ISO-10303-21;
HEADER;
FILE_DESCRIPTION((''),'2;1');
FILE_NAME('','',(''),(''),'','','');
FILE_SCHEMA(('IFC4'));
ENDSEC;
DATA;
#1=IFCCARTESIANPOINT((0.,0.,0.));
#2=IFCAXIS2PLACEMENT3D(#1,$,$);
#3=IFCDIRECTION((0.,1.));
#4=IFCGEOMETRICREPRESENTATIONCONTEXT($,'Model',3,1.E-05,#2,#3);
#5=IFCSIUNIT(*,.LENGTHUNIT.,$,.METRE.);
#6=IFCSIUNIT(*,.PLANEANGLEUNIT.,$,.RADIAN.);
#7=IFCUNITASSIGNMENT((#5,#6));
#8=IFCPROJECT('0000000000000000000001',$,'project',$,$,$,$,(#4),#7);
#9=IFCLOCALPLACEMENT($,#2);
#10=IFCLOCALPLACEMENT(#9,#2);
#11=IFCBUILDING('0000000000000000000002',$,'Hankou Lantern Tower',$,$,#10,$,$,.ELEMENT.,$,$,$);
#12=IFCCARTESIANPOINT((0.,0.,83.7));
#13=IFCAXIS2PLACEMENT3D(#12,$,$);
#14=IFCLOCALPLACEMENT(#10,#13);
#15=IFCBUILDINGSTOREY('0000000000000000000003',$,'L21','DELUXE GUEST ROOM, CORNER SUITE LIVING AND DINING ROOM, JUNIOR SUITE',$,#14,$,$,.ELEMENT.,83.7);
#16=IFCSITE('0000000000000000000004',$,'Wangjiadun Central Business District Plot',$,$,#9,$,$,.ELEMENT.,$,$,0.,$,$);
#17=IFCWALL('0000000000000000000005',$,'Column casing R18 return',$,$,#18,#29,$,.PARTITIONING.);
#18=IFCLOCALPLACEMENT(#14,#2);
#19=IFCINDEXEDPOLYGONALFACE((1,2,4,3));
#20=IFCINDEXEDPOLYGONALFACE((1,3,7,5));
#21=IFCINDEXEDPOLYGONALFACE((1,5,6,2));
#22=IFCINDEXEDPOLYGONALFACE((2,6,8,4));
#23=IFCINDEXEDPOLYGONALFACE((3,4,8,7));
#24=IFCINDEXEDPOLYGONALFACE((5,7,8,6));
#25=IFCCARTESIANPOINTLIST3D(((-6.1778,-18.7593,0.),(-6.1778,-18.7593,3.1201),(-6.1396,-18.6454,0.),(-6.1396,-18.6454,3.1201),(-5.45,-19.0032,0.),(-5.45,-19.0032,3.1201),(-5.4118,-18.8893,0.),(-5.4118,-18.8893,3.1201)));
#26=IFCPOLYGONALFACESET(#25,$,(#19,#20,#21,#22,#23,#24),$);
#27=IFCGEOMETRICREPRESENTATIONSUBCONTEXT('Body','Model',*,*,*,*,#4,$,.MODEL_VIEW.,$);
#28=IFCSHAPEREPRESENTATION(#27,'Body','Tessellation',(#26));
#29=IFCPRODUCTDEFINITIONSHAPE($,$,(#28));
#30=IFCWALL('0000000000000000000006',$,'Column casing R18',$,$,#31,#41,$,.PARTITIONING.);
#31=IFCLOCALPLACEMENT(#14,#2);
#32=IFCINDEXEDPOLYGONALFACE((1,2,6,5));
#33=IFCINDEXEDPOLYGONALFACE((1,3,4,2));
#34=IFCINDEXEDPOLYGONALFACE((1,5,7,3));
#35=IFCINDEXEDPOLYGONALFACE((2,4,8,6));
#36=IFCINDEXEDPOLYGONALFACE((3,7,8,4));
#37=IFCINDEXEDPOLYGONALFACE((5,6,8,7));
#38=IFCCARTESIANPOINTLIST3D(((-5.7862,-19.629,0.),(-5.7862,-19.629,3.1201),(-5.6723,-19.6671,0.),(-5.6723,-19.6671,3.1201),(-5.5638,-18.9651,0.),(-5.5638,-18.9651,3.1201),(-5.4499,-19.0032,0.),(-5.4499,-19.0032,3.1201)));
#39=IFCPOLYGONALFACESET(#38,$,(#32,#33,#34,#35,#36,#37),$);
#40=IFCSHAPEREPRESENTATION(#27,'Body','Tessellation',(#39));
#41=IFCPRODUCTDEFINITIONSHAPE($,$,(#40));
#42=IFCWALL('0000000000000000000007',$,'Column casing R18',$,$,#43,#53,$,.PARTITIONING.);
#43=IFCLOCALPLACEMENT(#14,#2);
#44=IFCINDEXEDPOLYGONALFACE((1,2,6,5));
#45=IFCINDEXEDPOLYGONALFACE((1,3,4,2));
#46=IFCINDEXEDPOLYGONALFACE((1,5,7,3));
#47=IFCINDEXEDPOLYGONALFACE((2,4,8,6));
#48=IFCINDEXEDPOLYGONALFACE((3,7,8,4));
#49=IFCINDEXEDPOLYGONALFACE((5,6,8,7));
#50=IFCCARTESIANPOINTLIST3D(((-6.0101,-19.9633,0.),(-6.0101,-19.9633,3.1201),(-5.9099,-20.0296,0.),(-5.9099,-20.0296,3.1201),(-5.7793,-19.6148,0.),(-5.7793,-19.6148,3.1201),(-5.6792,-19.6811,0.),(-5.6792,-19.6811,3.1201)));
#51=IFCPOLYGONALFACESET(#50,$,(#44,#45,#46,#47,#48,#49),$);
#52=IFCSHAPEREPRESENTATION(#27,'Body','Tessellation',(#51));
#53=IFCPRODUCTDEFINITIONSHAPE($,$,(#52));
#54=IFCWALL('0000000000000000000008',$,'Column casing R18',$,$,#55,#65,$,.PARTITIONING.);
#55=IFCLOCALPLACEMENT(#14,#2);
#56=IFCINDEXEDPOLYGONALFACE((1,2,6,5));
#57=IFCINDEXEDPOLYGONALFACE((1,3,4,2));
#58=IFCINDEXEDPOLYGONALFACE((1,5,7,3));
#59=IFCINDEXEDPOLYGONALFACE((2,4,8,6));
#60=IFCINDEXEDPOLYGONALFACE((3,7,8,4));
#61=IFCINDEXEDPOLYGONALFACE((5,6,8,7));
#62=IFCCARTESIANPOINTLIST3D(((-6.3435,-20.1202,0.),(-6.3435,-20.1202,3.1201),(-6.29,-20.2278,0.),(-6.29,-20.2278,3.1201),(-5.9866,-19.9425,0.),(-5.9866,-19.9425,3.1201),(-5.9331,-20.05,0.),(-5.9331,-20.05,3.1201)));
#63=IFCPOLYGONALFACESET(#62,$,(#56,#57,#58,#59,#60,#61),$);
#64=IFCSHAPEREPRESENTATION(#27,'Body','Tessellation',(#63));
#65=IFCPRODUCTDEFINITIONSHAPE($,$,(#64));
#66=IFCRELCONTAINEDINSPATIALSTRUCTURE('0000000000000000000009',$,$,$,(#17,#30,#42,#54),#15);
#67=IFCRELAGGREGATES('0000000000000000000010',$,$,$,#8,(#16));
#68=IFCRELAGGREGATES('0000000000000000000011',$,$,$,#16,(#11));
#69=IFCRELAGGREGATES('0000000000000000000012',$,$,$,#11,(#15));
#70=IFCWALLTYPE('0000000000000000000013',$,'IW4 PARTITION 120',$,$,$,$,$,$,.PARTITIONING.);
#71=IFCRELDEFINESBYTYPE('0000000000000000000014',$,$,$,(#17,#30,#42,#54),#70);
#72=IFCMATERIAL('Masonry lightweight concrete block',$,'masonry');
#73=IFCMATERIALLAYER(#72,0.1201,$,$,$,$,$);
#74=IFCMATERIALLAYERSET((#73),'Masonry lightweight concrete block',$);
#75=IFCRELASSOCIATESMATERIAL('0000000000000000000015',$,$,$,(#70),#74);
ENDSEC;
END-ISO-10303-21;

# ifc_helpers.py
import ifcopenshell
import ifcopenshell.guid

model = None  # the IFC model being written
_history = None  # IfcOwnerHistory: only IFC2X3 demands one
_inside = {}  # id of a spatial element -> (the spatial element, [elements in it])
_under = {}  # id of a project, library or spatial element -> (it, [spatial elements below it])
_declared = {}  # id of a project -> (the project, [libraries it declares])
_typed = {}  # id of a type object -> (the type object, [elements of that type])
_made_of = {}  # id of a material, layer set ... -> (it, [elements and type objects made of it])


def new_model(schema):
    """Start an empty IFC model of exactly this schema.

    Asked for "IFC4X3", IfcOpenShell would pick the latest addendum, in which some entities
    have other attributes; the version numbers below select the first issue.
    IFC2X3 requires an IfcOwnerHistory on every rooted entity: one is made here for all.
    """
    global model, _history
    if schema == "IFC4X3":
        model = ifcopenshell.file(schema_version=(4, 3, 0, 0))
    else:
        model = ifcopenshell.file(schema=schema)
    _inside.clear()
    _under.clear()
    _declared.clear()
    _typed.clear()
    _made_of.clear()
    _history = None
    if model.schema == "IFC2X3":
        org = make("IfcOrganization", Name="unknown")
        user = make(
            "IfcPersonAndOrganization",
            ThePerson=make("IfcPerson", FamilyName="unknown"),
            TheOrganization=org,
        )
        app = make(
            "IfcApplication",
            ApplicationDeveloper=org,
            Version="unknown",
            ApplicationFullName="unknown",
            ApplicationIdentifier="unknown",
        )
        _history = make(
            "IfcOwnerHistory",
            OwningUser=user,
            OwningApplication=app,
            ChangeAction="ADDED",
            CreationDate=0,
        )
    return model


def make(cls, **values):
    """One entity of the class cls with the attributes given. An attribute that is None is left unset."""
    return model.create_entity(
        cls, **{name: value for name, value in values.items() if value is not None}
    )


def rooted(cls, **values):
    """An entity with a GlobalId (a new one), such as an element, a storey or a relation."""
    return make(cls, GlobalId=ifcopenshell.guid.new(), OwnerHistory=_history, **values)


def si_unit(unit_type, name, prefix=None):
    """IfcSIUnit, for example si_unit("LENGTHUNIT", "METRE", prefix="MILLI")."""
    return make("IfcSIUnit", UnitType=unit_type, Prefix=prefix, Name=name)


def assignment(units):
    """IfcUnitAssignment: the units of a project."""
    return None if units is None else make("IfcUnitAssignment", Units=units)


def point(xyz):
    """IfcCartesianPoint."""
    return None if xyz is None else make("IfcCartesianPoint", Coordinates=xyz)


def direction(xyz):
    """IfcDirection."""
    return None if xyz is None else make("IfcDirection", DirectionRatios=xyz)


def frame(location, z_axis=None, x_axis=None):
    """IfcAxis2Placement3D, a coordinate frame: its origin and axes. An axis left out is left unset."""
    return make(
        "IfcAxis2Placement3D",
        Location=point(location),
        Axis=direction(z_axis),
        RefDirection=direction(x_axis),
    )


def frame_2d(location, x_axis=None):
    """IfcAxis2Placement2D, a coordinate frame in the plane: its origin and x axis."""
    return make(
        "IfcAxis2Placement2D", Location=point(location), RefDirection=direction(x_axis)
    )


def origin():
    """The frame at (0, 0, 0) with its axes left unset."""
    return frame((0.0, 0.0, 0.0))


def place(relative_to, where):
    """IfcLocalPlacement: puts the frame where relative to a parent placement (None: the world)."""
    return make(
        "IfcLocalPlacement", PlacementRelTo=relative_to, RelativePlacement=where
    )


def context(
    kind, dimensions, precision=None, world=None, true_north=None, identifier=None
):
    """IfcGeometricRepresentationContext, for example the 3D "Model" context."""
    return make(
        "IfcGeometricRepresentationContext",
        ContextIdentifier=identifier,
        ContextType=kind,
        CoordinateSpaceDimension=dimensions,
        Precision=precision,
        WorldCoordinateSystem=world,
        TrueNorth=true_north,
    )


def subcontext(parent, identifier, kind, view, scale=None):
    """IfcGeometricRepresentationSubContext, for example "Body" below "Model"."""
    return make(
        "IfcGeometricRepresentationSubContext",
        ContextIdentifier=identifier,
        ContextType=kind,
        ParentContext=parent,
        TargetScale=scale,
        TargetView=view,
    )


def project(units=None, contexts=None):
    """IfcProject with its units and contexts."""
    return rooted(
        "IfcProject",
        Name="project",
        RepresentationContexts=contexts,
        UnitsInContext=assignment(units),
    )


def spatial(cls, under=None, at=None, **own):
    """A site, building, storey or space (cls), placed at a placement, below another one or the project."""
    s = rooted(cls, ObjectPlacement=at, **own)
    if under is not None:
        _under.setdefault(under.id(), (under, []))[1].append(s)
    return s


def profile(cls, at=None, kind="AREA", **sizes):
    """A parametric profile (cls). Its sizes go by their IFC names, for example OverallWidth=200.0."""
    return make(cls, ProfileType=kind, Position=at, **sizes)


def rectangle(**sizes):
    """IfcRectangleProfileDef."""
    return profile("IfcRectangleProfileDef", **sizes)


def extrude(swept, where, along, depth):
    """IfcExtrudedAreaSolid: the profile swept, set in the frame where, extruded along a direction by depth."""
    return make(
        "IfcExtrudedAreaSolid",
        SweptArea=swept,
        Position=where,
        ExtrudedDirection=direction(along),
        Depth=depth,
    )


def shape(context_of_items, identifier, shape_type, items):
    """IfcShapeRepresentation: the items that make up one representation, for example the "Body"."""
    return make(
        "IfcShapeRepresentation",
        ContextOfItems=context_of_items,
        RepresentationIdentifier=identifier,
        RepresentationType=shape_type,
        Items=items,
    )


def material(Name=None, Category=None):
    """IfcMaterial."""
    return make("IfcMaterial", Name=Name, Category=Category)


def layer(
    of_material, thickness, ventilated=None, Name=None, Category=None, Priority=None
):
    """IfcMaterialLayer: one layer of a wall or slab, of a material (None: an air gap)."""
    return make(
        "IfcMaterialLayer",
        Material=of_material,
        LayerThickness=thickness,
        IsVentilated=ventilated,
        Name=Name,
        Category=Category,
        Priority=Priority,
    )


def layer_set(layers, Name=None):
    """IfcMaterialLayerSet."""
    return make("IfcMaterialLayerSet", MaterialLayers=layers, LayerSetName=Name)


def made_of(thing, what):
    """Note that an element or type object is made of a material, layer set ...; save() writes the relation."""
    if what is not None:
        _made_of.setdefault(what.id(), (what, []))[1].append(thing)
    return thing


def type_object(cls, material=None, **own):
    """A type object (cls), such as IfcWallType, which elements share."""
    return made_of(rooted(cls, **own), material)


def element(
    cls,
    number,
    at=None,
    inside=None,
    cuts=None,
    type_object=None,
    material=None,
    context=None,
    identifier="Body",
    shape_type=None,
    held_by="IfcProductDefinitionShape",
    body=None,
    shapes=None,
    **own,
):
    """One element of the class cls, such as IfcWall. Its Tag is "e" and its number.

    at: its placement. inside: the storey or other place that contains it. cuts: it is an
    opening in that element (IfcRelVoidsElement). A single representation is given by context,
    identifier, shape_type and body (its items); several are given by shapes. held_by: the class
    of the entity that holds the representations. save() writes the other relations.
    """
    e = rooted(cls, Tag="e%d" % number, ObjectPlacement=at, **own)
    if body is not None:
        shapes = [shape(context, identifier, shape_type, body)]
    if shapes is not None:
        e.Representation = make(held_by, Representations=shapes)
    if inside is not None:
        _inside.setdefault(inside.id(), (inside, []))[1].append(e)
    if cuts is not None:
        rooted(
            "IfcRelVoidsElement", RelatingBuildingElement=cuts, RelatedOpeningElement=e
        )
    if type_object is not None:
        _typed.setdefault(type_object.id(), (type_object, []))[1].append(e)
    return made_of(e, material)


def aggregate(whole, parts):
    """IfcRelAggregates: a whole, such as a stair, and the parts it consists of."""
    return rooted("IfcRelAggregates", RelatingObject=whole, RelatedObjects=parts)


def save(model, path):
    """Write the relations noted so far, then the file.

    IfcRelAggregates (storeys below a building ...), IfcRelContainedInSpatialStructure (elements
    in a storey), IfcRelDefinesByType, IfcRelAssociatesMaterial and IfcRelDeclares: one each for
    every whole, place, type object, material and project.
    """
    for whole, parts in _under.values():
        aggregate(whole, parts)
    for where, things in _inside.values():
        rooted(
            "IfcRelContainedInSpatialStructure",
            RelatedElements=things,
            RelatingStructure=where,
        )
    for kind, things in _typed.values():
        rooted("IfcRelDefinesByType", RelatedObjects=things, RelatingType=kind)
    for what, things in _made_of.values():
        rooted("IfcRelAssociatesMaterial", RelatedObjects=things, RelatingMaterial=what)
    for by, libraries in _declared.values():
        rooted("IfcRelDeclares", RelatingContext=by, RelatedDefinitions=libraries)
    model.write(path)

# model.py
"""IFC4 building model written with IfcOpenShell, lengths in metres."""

from ifc_helpers import new_model, si_unit, direction, frame, frame_2d, origin, place, context, subcontext, project, spatial, rectangle, extrude, material, layer, layer_set, type_object, element, save


model = new_model("IFC4")

# Units and contexts
model_context = context("Model", 3, precision=1e-05, world=origin(), true_north=direction((0.0, 1.0)))
body_context = subcontext(model_context, "Body", "Model", "MODEL_VIEW")
ifc_project = project(units=[si_unit("LENGTHUNIT", "METRE"), si_unit("PLANEANGLEUNIT", "RADIAN")], contexts=[model_context])

# Site, building, storey
site_placement = place(None, origin())
site = spatial("IfcSite", under=ifc_project, at=site_placement, Name="Wangjiadun Central Business District Plot", CompositionType="ELEMENT", RefElevation=0.0)
building_placement = place(site_placement, origin())
building = spatial("IfcBuilding", under=site, at=building_placement, Name="Hankou Lantern Tower", CompositionType="ELEMENT")
storey_placement = place(building_placement, frame((0.0, 0.0, 83.7)))
storey = spatial("IfcBuildingStorey", under=building, at=storey_placement, Name="L21", Description="DELUXE GUEST ROOM, CORNER SUITE LIVING AND DINING ROOM, JUNIOR SUITE", CompositionType="ELEMENT", Elevation=83.7)

# Walls
ifc_material_1 = material(Name="Masonry lightweight concrete block", Category="masonry")
ifc_layer_1 = layer(ifc_material_1, 0.1201)
ifc_layer_set_1 = layer_set([ifc_layer_1], Name="Masonry lightweight concrete block")
wall_type_1 = type_object("IfcWallType", Name="IW4 PARTITION 120", PredefinedType="PARTITIONING", material=ifc_layer_set_1)
wall_1_placement = place(storey_placement, frame((-6.1587, -18.7024, 0.0), z_axis=(0.0, 0.0, 1.0), x_axis=(0.948173, -0.317754, 0.0)))
element("IfcWall", 1, at=wall_1_placement, inside=storey, type_object=wall_type_1, Name="Column casing R18 return", PredefinedType="PARTITIONING", context=body_context, shape_type="SweptSolid", body=[
    extrude(rectangle(XDim=0.7676, YDim=0.1201, at=frame_2d((0.3838, 0.0))), origin(), (0.0, 0.0, 1.0), 3.1201),
])
wall_2_placement = place(storey_placement, frame((-5.5068, -18.9841, 0.0), z_axis=(0.0, 0.0, 1.0), x_axis=(-0.317692, -0.948194, 0.0)))
element("IfcWall", 2, at=wall_2_placement, inside=storey, type_object=wall_type_1, Name="Column casing R18", PredefinedType="PARTITIONING", context=body_context, shape_type="SweptSolid", body=[
    extrude(rectangle(XDim=0.7002, YDim=0.1201, at=frame_2d((0.3501, 0.0))), origin(), (0.0, 0.0, 1.0), 3.1201),
])
wall_3_placement = place(storey_placement, frame((-5.7292, -19.6479, 0.0), z_axis=(0.0, 0.0, 1.0), x_axis=(-0.552136, -0.833754, 0.0)))
element("IfcWall", 3, at=wall_3_placement, inside=storey, type_object=wall_type_1, Name="Column casing R18", PredefinedType="PARTITIONING", context=body_context, shape_type="SweptSolid", body=[
    extrude(rectangle(XDim=0.418, YDim=0.1201, at=frame_2d((0.209, 0.0))), origin(), (0.0, 0.0, 1.0), 3.1201),
])
wall_4_placement = place(storey_placement, frame((-5.96, -19.9963, 0.0), z_axis=(0.0, 0.0, 1.0), x_axis=(-0.895161, -0.445744, 0.0)))
element("IfcWall", 4, at=wall_4_placement, inside=storey, type_object=wall_type_1, Name="Column casing R18", PredefinedType="PARTITIONING", context=body_context, shape_type="SweptSolid", body=[
    extrude(rectangle(XDim=0.3987, YDim=0.1201, at=frame_2d((0.1992, 0.0))), origin(), (0.0, 0.0, 1.0), 3.1201),
])

save(model, "model.ifc")
